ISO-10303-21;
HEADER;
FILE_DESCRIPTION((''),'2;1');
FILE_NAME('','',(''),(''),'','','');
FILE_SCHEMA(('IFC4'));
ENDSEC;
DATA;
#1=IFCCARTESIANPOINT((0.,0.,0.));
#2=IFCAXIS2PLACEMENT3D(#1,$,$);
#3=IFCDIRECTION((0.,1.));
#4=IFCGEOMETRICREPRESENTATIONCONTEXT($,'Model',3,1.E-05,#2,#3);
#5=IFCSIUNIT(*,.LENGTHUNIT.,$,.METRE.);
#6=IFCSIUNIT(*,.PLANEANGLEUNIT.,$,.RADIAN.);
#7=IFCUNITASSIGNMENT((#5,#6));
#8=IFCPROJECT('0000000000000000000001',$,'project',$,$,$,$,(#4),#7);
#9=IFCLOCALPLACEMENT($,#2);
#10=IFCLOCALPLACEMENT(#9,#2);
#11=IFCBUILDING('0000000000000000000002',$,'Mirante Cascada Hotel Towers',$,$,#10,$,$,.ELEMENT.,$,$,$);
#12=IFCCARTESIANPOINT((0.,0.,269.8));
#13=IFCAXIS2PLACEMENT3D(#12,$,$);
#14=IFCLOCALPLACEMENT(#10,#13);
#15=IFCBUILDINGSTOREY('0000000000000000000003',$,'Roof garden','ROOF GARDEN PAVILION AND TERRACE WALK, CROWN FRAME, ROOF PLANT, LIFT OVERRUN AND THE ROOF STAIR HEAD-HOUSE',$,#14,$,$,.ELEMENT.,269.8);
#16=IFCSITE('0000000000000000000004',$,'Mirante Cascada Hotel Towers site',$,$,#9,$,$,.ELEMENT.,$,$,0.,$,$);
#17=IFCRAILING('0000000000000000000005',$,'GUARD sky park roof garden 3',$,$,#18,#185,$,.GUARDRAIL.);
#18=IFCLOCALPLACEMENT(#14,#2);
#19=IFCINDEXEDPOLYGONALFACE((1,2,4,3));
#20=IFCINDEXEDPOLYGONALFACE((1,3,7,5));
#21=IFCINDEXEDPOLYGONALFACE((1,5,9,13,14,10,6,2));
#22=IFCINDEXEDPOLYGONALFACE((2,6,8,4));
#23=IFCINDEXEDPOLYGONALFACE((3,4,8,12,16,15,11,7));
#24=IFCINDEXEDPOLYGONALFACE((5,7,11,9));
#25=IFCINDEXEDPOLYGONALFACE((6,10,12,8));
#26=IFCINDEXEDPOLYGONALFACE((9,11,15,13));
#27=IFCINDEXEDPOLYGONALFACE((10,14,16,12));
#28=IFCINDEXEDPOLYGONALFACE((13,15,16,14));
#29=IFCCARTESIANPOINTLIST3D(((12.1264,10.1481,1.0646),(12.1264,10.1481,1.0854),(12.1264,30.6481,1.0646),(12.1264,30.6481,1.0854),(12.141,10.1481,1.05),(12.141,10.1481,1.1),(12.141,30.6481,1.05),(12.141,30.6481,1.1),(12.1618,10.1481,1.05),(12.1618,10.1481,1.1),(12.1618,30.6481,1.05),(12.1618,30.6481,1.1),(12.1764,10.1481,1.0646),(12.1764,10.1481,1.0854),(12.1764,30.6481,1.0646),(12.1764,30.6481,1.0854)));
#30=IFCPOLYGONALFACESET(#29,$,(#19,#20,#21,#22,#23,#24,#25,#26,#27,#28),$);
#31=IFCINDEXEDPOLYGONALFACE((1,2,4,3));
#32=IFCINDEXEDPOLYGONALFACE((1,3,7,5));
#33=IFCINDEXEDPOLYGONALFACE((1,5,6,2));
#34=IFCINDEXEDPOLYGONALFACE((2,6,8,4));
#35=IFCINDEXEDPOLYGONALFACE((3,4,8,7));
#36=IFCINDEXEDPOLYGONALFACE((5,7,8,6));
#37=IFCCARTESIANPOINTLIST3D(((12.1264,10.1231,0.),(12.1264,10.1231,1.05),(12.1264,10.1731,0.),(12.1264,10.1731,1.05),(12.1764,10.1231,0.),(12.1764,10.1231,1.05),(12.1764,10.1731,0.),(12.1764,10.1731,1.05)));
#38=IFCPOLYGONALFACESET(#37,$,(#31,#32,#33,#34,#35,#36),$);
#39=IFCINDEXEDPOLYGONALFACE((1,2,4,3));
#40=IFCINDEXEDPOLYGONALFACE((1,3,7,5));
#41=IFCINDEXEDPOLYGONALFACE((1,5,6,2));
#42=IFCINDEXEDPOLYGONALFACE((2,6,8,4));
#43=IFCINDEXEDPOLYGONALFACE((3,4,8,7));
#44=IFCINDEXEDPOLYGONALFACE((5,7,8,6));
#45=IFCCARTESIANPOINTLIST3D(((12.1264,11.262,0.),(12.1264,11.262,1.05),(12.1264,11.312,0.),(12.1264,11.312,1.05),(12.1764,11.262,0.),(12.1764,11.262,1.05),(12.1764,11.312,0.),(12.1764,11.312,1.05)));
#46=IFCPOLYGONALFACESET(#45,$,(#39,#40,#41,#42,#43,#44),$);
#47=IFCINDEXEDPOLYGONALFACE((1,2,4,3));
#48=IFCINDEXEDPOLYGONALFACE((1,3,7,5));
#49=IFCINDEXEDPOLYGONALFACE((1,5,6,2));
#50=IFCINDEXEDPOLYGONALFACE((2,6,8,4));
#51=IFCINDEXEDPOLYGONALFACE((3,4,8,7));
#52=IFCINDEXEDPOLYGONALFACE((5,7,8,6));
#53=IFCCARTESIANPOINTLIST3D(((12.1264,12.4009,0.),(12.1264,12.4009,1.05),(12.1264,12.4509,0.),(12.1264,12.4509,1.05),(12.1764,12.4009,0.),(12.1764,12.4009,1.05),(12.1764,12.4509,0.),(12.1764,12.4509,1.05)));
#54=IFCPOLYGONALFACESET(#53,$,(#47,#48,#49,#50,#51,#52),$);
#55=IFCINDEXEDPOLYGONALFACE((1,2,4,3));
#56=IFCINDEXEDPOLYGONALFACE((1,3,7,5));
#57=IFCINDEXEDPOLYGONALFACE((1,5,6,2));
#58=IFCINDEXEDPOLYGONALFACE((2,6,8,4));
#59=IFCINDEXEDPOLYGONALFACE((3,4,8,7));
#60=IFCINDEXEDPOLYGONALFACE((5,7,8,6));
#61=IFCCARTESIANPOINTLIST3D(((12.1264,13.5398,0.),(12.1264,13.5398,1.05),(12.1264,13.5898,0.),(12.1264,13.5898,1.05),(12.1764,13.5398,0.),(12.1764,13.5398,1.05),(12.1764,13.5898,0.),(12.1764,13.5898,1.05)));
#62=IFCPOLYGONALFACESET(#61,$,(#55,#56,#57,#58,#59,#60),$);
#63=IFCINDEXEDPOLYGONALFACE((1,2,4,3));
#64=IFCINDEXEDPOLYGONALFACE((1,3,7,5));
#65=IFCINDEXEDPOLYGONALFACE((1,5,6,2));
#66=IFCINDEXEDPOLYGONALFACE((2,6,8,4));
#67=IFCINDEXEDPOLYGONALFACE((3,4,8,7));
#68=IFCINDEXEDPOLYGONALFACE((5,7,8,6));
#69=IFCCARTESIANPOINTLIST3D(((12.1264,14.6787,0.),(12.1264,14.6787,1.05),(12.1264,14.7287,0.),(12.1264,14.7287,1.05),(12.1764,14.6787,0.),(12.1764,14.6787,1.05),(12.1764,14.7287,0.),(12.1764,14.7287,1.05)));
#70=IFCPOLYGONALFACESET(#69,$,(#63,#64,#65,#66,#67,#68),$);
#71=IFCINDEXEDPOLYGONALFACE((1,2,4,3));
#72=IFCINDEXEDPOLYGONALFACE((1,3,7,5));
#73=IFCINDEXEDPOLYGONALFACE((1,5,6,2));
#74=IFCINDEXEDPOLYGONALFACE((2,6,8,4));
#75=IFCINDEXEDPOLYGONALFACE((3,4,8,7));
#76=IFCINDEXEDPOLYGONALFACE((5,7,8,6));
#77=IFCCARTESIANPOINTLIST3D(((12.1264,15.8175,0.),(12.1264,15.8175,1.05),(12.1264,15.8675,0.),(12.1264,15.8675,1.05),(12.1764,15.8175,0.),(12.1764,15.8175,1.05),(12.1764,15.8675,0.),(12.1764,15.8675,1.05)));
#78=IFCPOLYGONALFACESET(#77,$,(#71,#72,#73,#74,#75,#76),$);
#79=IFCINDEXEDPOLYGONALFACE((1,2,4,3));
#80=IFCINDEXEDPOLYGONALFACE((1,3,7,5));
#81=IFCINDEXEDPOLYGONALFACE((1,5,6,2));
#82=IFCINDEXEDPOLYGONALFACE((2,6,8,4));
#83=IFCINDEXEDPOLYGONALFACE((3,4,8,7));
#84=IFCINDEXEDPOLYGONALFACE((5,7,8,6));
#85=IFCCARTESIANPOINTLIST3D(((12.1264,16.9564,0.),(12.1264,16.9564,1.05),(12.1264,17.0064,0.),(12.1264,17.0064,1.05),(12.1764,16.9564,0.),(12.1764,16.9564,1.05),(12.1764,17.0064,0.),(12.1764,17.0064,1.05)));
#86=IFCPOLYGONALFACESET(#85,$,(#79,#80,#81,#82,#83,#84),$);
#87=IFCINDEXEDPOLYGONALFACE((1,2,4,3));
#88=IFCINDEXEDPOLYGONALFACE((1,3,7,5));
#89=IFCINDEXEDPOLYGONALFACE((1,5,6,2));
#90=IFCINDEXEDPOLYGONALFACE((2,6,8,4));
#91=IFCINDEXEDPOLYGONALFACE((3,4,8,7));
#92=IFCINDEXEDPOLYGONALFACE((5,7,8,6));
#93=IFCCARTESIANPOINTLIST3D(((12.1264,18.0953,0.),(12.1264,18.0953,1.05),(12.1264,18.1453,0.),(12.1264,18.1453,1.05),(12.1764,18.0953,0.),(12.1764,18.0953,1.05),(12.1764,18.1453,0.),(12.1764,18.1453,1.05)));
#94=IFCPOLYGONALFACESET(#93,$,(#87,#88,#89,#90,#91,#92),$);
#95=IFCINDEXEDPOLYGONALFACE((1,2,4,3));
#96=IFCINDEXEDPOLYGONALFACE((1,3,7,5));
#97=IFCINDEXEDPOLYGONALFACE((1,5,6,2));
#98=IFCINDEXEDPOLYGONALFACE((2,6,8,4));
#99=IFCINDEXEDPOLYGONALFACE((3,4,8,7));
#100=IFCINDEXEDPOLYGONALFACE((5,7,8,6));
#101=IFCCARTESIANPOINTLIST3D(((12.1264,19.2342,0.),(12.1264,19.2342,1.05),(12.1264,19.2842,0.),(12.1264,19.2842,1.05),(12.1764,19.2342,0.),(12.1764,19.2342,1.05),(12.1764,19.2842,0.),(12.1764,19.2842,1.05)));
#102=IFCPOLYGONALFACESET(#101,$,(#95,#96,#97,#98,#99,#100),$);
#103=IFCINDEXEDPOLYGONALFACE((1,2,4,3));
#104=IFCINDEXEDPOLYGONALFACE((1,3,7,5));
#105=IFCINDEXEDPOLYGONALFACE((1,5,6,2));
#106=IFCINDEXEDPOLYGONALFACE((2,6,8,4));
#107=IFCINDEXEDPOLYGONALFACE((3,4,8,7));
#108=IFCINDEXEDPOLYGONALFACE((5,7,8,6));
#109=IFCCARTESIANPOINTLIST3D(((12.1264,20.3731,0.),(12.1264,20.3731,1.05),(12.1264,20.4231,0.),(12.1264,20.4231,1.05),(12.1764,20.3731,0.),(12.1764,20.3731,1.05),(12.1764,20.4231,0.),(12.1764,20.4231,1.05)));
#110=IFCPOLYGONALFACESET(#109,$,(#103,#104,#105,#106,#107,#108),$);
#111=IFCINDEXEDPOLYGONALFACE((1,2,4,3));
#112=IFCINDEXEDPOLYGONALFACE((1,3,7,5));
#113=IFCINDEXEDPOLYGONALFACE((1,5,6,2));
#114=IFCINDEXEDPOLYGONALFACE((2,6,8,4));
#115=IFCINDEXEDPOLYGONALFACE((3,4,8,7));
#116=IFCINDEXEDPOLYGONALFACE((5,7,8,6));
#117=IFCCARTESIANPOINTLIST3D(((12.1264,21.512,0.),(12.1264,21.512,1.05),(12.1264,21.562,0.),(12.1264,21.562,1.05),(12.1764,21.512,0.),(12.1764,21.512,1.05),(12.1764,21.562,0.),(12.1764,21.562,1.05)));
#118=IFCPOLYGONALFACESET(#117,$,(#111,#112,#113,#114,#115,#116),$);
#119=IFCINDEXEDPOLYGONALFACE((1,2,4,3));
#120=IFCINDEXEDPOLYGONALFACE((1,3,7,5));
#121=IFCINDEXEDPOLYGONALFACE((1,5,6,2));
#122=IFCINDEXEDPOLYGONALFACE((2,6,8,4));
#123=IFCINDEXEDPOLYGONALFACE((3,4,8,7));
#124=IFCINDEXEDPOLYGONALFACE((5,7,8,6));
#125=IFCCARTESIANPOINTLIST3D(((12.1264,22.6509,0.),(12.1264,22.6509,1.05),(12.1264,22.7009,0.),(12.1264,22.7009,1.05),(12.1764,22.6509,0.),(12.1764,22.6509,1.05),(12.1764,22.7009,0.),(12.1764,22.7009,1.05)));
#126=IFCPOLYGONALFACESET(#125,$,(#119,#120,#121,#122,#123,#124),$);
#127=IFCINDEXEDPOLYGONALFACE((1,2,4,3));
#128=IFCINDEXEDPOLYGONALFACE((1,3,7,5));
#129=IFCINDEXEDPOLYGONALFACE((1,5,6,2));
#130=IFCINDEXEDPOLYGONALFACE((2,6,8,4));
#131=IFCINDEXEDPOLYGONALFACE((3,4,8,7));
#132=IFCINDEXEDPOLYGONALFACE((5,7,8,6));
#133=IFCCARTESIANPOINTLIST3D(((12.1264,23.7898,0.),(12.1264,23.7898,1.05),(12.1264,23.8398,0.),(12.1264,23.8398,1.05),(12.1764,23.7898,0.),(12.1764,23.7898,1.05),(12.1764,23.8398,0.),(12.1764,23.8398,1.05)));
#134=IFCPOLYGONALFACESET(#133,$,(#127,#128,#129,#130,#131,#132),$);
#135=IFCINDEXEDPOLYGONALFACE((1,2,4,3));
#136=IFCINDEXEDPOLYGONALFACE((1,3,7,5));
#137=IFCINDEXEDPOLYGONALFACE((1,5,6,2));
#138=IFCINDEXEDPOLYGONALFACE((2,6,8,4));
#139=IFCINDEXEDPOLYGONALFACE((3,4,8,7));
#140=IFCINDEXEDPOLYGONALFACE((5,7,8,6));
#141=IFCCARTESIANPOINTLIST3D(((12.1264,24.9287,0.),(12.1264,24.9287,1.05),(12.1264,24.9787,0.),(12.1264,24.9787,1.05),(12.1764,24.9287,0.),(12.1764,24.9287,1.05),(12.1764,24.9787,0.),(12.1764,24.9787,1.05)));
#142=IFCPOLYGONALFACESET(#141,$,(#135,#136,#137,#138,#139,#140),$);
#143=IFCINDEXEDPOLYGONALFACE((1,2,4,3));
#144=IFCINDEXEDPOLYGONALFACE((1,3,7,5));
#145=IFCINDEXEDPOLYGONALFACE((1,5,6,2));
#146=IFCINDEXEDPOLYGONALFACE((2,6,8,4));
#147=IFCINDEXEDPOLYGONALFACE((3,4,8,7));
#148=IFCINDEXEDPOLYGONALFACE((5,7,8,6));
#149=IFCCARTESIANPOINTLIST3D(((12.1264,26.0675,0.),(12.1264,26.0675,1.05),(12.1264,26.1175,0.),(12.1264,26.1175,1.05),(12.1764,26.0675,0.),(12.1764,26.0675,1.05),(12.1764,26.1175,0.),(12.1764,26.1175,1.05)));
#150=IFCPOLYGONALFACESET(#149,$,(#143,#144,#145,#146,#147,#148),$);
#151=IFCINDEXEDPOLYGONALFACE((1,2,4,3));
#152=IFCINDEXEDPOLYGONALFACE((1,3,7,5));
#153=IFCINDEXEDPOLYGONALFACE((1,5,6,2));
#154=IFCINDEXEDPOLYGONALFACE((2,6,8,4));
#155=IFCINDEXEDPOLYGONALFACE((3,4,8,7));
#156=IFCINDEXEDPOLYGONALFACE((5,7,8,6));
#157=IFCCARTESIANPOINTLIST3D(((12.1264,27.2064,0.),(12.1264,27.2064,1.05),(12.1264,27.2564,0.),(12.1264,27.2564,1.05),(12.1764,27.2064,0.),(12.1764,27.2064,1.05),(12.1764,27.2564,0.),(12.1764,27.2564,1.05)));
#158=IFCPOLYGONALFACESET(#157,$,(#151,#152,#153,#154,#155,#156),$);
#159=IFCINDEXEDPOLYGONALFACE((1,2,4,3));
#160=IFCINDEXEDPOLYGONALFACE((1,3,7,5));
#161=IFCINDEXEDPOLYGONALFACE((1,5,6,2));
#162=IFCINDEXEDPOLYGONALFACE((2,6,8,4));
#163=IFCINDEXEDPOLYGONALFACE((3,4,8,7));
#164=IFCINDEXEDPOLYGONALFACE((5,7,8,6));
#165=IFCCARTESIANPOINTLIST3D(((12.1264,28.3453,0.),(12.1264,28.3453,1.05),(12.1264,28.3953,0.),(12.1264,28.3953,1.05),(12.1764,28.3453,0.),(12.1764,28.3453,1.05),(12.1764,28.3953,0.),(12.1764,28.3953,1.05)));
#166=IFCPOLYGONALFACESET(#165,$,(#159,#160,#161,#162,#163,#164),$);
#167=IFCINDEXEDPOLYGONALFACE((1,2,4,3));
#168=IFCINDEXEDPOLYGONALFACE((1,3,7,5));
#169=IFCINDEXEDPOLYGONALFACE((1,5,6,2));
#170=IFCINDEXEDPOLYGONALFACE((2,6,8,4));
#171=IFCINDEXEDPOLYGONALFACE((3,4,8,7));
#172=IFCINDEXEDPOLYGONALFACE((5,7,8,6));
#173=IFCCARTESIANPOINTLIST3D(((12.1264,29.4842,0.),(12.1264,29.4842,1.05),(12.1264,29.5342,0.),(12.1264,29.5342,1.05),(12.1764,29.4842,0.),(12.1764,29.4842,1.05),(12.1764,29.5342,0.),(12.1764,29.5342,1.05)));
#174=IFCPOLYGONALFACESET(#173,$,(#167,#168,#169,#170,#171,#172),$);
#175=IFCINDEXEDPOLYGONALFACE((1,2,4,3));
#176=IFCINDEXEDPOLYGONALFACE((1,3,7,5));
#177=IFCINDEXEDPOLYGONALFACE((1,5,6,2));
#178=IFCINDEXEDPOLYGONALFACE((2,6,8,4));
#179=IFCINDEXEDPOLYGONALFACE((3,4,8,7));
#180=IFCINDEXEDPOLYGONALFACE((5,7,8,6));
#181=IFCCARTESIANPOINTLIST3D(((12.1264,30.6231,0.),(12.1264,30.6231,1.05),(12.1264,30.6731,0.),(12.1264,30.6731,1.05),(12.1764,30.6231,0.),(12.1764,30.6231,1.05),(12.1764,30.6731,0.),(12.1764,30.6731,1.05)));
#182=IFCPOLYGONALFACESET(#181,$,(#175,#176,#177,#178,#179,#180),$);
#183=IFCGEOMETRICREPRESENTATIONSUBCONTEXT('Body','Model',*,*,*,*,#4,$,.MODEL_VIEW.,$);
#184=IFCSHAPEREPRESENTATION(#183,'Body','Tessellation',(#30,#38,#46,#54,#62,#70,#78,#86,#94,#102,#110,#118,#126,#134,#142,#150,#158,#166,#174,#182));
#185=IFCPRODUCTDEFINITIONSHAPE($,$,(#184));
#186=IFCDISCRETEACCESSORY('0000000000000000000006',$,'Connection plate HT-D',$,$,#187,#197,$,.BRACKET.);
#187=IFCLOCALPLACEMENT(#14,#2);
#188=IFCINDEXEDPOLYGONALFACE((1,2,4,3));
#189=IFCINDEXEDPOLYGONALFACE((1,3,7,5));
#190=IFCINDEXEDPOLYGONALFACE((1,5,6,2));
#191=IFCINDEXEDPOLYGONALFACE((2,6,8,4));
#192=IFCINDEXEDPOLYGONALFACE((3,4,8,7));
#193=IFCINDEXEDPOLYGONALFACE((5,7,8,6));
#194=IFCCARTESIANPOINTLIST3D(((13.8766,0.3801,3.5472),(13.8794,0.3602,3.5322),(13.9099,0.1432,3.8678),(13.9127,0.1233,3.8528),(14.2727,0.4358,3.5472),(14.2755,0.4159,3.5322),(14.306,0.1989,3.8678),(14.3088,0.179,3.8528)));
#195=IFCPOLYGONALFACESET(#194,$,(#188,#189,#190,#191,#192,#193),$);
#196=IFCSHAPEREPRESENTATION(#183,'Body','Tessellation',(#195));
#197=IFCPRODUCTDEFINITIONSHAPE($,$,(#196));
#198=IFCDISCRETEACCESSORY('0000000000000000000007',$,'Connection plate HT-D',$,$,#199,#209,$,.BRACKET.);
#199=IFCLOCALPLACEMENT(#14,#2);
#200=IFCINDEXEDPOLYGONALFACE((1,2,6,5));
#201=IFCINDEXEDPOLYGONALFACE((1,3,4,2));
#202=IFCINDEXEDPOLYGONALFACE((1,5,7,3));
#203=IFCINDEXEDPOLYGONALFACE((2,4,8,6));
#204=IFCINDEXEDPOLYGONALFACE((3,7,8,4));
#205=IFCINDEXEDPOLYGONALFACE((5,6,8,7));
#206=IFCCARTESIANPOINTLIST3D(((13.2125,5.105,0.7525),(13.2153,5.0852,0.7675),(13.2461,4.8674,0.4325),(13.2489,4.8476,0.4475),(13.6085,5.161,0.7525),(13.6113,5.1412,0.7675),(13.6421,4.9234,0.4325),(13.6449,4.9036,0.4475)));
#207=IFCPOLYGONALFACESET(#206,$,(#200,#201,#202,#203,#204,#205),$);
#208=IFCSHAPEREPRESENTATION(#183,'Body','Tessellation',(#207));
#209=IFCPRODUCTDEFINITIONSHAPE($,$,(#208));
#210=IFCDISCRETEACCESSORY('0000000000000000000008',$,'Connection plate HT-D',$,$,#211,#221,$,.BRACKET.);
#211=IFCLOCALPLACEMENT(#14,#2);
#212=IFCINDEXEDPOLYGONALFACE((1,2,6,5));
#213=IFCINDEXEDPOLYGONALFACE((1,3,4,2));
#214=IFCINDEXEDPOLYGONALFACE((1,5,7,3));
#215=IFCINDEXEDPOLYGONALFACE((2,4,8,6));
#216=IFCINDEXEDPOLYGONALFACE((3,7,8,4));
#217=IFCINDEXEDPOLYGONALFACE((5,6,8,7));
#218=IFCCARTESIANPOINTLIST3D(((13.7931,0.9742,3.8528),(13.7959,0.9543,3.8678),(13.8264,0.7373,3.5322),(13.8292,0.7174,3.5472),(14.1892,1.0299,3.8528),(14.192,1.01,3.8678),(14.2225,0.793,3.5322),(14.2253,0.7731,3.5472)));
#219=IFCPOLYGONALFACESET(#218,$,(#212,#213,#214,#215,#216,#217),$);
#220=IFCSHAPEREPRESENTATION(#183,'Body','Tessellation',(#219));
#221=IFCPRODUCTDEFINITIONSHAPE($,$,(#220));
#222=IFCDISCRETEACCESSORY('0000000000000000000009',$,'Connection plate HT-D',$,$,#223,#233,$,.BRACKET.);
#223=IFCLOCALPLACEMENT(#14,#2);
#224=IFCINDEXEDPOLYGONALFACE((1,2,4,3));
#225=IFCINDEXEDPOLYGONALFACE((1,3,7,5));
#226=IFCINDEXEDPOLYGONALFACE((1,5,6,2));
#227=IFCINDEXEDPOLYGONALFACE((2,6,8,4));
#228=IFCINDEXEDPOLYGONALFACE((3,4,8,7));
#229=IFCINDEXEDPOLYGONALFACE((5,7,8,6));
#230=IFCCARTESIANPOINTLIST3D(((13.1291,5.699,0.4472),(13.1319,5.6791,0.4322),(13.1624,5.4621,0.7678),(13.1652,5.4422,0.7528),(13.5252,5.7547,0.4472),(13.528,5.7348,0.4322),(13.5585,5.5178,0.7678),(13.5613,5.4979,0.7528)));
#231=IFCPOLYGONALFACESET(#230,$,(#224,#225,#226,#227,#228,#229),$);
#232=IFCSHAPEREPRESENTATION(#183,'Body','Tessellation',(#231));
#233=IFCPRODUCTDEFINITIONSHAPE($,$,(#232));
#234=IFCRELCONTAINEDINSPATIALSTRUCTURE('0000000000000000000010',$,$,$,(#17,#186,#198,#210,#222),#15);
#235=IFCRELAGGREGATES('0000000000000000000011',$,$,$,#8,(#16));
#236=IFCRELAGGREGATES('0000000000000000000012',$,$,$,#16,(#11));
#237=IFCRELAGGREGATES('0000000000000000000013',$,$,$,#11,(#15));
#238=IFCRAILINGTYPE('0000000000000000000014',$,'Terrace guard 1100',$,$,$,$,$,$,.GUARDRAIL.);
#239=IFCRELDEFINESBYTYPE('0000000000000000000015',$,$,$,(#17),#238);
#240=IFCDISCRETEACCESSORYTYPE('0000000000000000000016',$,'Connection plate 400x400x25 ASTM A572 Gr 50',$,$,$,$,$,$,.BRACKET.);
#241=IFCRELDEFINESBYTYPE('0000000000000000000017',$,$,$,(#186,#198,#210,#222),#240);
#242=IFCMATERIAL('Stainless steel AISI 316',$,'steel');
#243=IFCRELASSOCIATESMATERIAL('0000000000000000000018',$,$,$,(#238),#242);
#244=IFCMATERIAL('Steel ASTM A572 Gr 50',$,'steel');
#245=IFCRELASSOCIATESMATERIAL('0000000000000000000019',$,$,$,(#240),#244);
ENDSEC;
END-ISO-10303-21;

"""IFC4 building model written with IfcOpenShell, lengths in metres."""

from ifc_helpers import new_model, si_unit, direction, frame, origin, origin_2d, place, context, subcontext, project, spatial, polyline, rectangle, outline, extrude, material, material_profile, profile_set, type_object, element, save


model = new_model("IFC4")

# Units and contexts
model_context = context("Model", 3, precision=1e-05, world=origin(), true_north=direction((0.0, 1.0)))
body_context = subcontext(model_context, "Body", "Model", "MODEL_VIEW")
ifc_project = project(units=[si_unit("LENGTHUNIT", "METRE"), si_unit("PLANEANGLEUNIT", "RADIAN")], contexts=[model_context])

# Site, building, storey
site_placement = place(None, origin())
site = spatial("IfcSite", under=ifc_project, at=site_placement, Name="Mirante Cascada Hotel Towers site", CompositionType="ELEMENT", RefElevation=0.0)
building_placement = place(site_placement, origin())
building = spatial("IfcBuilding", under=site, at=building_placement, Name="Mirante Cascada Hotel Towers", CompositionType="ELEMENT")
storey_placement = place(building_placement, frame((0.0, 0.0, 269.8)))
storey = spatial("IfcBuildingStorey", under=building, at=storey_placement, Name="Roof garden", Description="ROOF GARDEN PAVILION AND TERRACE WALK, CROWN FRAME, ROOF PLANT, LIFT OVERRUN AND THE ROOF STAIR HEAD-HOUSE", CompositionType="ELEMENT", Elevation=269.8)

# Railing
ifc_material_1 = material(Name="Stainless steel AISI 316", Category="steel")
railing_type = type_object("IfcRailingType", Name="Terrace guard 1100", PredefinedType="GUARDRAIL", material=ifc_material_1)
railing_placement = place(storey_placement, frame((12.1514, 10.1481, 0.0)))
element("IfcRailing", 1, at=railing_placement, inside=storey, type_object=railing_type, Name="GUARD sky park roof garden 3", PredefinedType="GUARDRAIL", context=body_context, shape_type="SweptSolid", body=[
    extrude(outline(polyline([(0.025, 0.0104), (0.0104, 0.025), (-0.0104, 0.025), (-0.025, 0.0104), (-0.025, -0.0104), (-0.0104, -0.025), (0.0104, -0.025), (0.025, -0.0104), (0.025, 0.0104)])), frame((0.0, 0.0, 1.075), z_axis=(0.0, 1.0, 0.0), x_axis=(-1.0, 0.0, 0.0)), (0.0, 0.0, 1.0), 20.5),
    extrude(rectangle(XDim=0.05, YDim=0.05, at=origin_2d()), origin(), (0.0, 0.0, 1.0), 1.05),
    extrude(rectangle(XDim=0.05, YDim=0.05, at=origin_2d()), frame((0.0, 1.1389, 0.0)), (0.0, 0.0, 1.0), 1.05),
    extrude(rectangle(XDim=0.05, YDim=0.05, at=origin_2d()), frame((0.0, 2.2778, 0.0)), (0.0, 0.0, 1.0), 1.05),
    extrude(rectangle(XDim=0.05, YDim=0.05, at=origin_2d()), frame((0.0, 3.4167, 0.0)), (0.0, 0.0, 1.0), 1.05),
    extrude(rectangle(XDim=0.05, YDim=0.05, at=origin_2d()), frame((0.0, 4.5556, 0.0)), (0.0, 0.0, 1.0), 1.05),
    extrude(rectangle(XDim=0.05, YDim=0.05, at=origin_2d()), frame((0.0, 5.6944, 0.0)), (0.0, 0.0, 1.0), 1.05),
    extrude(rectangle(XDim=0.05, YDim=0.05, at=origin_2d()), frame((0.0, 6.8333, 0.0)), (0.0, 0.0, 1.0), 1.05),
    extrude(rectangle(XDim=0.05, YDim=0.05, at=origin_2d()), frame((0.0, 7.9722, 0.0)), (0.0, 0.0, 1.0), 1.05),
    extrude(rectangle(XDim=0.05, YDim=0.05, at=origin_2d()), frame((0.0, 9.1111, 0.0)), (0.0, 0.0, 1.0), 1.05),
    extrude(rectangle(XDim=0.05, YDim=0.05, at=origin_2d()), frame((0.0, 10.25, 0.0)), (0.0, 0.0, 1.0), 1.05),
    extrude(rectangle(XDim=0.05, YDim=0.05, at=origin_2d()), frame((0.0, 11.3889, 0.0)), (0.0, 0.0, 1.0), 1.05),
    extrude(rectangle(XDim=0.05, YDim=0.05, at=origin_2d()), frame((0.0, 12.5278, 0.0)), (0.0, 0.0, 1.0), 1.05),
    extrude(rectangle(XDim=0.05, YDim=0.05, at=origin_2d()), frame((0.0, 13.6667, 0.0)), (0.0, 0.0, 1.0), 1.05),
    extrude(rectangle(XDim=0.05, YDim=0.05, at=origin_2d()), frame((0.0, 14.8056, 0.0)), (0.0, 0.0, 1.0), 1.05),
    extrude(rectangle(XDim=0.05, YDim=0.05, at=origin_2d()), frame((0.0, 15.9444, 0.0)), (0.0, 0.0, 1.0), 1.05),
    extrude(rectangle(XDim=0.05, YDim=0.05, at=origin_2d()), frame((0.0, 17.0833, 0.0)), (0.0, 0.0, 1.0), 1.05),
    extrude(rectangle(XDim=0.05, YDim=0.05, at=origin_2d()), frame((0.0, 18.2222, 0.0)), (0.0, 0.0, 1.0), 1.05),
    extrude(rectangle(XDim=0.05, YDim=0.05, at=origin_2d()), frame((0.0, 19.3611, 0.0)), (0.0, 0.0, 1.0), 1.05),
    extrude(rectangle(XDim=0.05, YDim=0.05, at=origin_2d()), frame((0.0, 20.5, 0.0)), (0.0, 0.0, 1.0), 1.05),
])

# Discrete accessories
ifc_material_2 = material(Name="Steel ASTM A572 Gr 50", Category="steel")
ifc_material_profile_1 = material_profile(ifc_material_2, rectangle(XDim=0.4, YDim=0.4, at=origin_2d()), Name="Connection plate 400x400x25 ASTM A572 Gr 50")
ifc_profile_set_1 = profile_set([ifc_material_profile_1], Name="Steel ASTM A572 Gr 50")
discrete_accessory_type_1 = type_object("IfcDiscreteAccessoryType", Name="Connection plate 400x400x25 ASTM A572 Gr 50", PredefinedType="BRACKET", material=ifc_profile_set_1)
discrete_accessory_1_placement = place(storey_placement, frame((14.0941, 0.2696, 3.6925), z_axis=(-0.111657, 0.79356, 0.59816), x_axis=(-0.990246, -0.139331, 0.0)))
element("IfcDiscreteAccessory", 2, at=discrete_accessory_1_placement, inside=storey, type_object=discrete_accessory_type_1, Name="Connection plate HT-D", PredefinedType="BRACKET", context=body_context, shape_type="SweptSolid", body=[
    extrude(rectangle(XDim=0.4, YDim=0.4, at=origin_2d()), origin(), (0.0, 0.0, 1.0), 0.0251),
])
discrete_accessory_2_placement = place(storey_placement, frame((13.4273, 5.0142, 0.5925), z_axis=(0.112011, -0.792076, 0.600058), x_axis=(0.990148, 0.140021, 0.0)))
element("IfcDiscreteAccessory", 3, at=discrete_accessory_2_placement, inside=storey, type_object=discrete_accessory_type_1, Name="Connection plate HT-D", PredefinedType="BRACKET", context=body_context, shape_type="SweptSolid", body=[
    extrude(rectangle(XDim=0.4, YDim=0.4, at=origin_2d()), origin(), (0.0, 0.0, 1.0), 0.025),
])
for number, where, z_axis, x_axis, name in (
    (4, (14.0078, 0.8836, 3.6925), (0.111657, -0.79356, 0.59816), (0.990246, 0.139331, 0.0), "Connection plate HT-D"),
    (5, (13.3466, 5.5885, 0.5925), (-0.111657, 0.79356, 0.59816), (-0.990246, -0.139331, 0.0), "Connection plate HT-D"),
):
    element("IfcDiscreteAccessory", number, at=place(storey_placement, frame(where, z_axis=z_axis, x_axis=x_axis)), inside=storey, type_object=discrete_accessory_type_1, Name=name, PredefinedType="BRACKET", context=body_context, shape_type="SweptSolid", body=[
        extrude(rectangle(XDim=0.4, YDim=0.4, at=origin_2d()), origin(), (0.0, 0.0, 1.0), 0.0251),
    ])

save(model, "model.ifc")
